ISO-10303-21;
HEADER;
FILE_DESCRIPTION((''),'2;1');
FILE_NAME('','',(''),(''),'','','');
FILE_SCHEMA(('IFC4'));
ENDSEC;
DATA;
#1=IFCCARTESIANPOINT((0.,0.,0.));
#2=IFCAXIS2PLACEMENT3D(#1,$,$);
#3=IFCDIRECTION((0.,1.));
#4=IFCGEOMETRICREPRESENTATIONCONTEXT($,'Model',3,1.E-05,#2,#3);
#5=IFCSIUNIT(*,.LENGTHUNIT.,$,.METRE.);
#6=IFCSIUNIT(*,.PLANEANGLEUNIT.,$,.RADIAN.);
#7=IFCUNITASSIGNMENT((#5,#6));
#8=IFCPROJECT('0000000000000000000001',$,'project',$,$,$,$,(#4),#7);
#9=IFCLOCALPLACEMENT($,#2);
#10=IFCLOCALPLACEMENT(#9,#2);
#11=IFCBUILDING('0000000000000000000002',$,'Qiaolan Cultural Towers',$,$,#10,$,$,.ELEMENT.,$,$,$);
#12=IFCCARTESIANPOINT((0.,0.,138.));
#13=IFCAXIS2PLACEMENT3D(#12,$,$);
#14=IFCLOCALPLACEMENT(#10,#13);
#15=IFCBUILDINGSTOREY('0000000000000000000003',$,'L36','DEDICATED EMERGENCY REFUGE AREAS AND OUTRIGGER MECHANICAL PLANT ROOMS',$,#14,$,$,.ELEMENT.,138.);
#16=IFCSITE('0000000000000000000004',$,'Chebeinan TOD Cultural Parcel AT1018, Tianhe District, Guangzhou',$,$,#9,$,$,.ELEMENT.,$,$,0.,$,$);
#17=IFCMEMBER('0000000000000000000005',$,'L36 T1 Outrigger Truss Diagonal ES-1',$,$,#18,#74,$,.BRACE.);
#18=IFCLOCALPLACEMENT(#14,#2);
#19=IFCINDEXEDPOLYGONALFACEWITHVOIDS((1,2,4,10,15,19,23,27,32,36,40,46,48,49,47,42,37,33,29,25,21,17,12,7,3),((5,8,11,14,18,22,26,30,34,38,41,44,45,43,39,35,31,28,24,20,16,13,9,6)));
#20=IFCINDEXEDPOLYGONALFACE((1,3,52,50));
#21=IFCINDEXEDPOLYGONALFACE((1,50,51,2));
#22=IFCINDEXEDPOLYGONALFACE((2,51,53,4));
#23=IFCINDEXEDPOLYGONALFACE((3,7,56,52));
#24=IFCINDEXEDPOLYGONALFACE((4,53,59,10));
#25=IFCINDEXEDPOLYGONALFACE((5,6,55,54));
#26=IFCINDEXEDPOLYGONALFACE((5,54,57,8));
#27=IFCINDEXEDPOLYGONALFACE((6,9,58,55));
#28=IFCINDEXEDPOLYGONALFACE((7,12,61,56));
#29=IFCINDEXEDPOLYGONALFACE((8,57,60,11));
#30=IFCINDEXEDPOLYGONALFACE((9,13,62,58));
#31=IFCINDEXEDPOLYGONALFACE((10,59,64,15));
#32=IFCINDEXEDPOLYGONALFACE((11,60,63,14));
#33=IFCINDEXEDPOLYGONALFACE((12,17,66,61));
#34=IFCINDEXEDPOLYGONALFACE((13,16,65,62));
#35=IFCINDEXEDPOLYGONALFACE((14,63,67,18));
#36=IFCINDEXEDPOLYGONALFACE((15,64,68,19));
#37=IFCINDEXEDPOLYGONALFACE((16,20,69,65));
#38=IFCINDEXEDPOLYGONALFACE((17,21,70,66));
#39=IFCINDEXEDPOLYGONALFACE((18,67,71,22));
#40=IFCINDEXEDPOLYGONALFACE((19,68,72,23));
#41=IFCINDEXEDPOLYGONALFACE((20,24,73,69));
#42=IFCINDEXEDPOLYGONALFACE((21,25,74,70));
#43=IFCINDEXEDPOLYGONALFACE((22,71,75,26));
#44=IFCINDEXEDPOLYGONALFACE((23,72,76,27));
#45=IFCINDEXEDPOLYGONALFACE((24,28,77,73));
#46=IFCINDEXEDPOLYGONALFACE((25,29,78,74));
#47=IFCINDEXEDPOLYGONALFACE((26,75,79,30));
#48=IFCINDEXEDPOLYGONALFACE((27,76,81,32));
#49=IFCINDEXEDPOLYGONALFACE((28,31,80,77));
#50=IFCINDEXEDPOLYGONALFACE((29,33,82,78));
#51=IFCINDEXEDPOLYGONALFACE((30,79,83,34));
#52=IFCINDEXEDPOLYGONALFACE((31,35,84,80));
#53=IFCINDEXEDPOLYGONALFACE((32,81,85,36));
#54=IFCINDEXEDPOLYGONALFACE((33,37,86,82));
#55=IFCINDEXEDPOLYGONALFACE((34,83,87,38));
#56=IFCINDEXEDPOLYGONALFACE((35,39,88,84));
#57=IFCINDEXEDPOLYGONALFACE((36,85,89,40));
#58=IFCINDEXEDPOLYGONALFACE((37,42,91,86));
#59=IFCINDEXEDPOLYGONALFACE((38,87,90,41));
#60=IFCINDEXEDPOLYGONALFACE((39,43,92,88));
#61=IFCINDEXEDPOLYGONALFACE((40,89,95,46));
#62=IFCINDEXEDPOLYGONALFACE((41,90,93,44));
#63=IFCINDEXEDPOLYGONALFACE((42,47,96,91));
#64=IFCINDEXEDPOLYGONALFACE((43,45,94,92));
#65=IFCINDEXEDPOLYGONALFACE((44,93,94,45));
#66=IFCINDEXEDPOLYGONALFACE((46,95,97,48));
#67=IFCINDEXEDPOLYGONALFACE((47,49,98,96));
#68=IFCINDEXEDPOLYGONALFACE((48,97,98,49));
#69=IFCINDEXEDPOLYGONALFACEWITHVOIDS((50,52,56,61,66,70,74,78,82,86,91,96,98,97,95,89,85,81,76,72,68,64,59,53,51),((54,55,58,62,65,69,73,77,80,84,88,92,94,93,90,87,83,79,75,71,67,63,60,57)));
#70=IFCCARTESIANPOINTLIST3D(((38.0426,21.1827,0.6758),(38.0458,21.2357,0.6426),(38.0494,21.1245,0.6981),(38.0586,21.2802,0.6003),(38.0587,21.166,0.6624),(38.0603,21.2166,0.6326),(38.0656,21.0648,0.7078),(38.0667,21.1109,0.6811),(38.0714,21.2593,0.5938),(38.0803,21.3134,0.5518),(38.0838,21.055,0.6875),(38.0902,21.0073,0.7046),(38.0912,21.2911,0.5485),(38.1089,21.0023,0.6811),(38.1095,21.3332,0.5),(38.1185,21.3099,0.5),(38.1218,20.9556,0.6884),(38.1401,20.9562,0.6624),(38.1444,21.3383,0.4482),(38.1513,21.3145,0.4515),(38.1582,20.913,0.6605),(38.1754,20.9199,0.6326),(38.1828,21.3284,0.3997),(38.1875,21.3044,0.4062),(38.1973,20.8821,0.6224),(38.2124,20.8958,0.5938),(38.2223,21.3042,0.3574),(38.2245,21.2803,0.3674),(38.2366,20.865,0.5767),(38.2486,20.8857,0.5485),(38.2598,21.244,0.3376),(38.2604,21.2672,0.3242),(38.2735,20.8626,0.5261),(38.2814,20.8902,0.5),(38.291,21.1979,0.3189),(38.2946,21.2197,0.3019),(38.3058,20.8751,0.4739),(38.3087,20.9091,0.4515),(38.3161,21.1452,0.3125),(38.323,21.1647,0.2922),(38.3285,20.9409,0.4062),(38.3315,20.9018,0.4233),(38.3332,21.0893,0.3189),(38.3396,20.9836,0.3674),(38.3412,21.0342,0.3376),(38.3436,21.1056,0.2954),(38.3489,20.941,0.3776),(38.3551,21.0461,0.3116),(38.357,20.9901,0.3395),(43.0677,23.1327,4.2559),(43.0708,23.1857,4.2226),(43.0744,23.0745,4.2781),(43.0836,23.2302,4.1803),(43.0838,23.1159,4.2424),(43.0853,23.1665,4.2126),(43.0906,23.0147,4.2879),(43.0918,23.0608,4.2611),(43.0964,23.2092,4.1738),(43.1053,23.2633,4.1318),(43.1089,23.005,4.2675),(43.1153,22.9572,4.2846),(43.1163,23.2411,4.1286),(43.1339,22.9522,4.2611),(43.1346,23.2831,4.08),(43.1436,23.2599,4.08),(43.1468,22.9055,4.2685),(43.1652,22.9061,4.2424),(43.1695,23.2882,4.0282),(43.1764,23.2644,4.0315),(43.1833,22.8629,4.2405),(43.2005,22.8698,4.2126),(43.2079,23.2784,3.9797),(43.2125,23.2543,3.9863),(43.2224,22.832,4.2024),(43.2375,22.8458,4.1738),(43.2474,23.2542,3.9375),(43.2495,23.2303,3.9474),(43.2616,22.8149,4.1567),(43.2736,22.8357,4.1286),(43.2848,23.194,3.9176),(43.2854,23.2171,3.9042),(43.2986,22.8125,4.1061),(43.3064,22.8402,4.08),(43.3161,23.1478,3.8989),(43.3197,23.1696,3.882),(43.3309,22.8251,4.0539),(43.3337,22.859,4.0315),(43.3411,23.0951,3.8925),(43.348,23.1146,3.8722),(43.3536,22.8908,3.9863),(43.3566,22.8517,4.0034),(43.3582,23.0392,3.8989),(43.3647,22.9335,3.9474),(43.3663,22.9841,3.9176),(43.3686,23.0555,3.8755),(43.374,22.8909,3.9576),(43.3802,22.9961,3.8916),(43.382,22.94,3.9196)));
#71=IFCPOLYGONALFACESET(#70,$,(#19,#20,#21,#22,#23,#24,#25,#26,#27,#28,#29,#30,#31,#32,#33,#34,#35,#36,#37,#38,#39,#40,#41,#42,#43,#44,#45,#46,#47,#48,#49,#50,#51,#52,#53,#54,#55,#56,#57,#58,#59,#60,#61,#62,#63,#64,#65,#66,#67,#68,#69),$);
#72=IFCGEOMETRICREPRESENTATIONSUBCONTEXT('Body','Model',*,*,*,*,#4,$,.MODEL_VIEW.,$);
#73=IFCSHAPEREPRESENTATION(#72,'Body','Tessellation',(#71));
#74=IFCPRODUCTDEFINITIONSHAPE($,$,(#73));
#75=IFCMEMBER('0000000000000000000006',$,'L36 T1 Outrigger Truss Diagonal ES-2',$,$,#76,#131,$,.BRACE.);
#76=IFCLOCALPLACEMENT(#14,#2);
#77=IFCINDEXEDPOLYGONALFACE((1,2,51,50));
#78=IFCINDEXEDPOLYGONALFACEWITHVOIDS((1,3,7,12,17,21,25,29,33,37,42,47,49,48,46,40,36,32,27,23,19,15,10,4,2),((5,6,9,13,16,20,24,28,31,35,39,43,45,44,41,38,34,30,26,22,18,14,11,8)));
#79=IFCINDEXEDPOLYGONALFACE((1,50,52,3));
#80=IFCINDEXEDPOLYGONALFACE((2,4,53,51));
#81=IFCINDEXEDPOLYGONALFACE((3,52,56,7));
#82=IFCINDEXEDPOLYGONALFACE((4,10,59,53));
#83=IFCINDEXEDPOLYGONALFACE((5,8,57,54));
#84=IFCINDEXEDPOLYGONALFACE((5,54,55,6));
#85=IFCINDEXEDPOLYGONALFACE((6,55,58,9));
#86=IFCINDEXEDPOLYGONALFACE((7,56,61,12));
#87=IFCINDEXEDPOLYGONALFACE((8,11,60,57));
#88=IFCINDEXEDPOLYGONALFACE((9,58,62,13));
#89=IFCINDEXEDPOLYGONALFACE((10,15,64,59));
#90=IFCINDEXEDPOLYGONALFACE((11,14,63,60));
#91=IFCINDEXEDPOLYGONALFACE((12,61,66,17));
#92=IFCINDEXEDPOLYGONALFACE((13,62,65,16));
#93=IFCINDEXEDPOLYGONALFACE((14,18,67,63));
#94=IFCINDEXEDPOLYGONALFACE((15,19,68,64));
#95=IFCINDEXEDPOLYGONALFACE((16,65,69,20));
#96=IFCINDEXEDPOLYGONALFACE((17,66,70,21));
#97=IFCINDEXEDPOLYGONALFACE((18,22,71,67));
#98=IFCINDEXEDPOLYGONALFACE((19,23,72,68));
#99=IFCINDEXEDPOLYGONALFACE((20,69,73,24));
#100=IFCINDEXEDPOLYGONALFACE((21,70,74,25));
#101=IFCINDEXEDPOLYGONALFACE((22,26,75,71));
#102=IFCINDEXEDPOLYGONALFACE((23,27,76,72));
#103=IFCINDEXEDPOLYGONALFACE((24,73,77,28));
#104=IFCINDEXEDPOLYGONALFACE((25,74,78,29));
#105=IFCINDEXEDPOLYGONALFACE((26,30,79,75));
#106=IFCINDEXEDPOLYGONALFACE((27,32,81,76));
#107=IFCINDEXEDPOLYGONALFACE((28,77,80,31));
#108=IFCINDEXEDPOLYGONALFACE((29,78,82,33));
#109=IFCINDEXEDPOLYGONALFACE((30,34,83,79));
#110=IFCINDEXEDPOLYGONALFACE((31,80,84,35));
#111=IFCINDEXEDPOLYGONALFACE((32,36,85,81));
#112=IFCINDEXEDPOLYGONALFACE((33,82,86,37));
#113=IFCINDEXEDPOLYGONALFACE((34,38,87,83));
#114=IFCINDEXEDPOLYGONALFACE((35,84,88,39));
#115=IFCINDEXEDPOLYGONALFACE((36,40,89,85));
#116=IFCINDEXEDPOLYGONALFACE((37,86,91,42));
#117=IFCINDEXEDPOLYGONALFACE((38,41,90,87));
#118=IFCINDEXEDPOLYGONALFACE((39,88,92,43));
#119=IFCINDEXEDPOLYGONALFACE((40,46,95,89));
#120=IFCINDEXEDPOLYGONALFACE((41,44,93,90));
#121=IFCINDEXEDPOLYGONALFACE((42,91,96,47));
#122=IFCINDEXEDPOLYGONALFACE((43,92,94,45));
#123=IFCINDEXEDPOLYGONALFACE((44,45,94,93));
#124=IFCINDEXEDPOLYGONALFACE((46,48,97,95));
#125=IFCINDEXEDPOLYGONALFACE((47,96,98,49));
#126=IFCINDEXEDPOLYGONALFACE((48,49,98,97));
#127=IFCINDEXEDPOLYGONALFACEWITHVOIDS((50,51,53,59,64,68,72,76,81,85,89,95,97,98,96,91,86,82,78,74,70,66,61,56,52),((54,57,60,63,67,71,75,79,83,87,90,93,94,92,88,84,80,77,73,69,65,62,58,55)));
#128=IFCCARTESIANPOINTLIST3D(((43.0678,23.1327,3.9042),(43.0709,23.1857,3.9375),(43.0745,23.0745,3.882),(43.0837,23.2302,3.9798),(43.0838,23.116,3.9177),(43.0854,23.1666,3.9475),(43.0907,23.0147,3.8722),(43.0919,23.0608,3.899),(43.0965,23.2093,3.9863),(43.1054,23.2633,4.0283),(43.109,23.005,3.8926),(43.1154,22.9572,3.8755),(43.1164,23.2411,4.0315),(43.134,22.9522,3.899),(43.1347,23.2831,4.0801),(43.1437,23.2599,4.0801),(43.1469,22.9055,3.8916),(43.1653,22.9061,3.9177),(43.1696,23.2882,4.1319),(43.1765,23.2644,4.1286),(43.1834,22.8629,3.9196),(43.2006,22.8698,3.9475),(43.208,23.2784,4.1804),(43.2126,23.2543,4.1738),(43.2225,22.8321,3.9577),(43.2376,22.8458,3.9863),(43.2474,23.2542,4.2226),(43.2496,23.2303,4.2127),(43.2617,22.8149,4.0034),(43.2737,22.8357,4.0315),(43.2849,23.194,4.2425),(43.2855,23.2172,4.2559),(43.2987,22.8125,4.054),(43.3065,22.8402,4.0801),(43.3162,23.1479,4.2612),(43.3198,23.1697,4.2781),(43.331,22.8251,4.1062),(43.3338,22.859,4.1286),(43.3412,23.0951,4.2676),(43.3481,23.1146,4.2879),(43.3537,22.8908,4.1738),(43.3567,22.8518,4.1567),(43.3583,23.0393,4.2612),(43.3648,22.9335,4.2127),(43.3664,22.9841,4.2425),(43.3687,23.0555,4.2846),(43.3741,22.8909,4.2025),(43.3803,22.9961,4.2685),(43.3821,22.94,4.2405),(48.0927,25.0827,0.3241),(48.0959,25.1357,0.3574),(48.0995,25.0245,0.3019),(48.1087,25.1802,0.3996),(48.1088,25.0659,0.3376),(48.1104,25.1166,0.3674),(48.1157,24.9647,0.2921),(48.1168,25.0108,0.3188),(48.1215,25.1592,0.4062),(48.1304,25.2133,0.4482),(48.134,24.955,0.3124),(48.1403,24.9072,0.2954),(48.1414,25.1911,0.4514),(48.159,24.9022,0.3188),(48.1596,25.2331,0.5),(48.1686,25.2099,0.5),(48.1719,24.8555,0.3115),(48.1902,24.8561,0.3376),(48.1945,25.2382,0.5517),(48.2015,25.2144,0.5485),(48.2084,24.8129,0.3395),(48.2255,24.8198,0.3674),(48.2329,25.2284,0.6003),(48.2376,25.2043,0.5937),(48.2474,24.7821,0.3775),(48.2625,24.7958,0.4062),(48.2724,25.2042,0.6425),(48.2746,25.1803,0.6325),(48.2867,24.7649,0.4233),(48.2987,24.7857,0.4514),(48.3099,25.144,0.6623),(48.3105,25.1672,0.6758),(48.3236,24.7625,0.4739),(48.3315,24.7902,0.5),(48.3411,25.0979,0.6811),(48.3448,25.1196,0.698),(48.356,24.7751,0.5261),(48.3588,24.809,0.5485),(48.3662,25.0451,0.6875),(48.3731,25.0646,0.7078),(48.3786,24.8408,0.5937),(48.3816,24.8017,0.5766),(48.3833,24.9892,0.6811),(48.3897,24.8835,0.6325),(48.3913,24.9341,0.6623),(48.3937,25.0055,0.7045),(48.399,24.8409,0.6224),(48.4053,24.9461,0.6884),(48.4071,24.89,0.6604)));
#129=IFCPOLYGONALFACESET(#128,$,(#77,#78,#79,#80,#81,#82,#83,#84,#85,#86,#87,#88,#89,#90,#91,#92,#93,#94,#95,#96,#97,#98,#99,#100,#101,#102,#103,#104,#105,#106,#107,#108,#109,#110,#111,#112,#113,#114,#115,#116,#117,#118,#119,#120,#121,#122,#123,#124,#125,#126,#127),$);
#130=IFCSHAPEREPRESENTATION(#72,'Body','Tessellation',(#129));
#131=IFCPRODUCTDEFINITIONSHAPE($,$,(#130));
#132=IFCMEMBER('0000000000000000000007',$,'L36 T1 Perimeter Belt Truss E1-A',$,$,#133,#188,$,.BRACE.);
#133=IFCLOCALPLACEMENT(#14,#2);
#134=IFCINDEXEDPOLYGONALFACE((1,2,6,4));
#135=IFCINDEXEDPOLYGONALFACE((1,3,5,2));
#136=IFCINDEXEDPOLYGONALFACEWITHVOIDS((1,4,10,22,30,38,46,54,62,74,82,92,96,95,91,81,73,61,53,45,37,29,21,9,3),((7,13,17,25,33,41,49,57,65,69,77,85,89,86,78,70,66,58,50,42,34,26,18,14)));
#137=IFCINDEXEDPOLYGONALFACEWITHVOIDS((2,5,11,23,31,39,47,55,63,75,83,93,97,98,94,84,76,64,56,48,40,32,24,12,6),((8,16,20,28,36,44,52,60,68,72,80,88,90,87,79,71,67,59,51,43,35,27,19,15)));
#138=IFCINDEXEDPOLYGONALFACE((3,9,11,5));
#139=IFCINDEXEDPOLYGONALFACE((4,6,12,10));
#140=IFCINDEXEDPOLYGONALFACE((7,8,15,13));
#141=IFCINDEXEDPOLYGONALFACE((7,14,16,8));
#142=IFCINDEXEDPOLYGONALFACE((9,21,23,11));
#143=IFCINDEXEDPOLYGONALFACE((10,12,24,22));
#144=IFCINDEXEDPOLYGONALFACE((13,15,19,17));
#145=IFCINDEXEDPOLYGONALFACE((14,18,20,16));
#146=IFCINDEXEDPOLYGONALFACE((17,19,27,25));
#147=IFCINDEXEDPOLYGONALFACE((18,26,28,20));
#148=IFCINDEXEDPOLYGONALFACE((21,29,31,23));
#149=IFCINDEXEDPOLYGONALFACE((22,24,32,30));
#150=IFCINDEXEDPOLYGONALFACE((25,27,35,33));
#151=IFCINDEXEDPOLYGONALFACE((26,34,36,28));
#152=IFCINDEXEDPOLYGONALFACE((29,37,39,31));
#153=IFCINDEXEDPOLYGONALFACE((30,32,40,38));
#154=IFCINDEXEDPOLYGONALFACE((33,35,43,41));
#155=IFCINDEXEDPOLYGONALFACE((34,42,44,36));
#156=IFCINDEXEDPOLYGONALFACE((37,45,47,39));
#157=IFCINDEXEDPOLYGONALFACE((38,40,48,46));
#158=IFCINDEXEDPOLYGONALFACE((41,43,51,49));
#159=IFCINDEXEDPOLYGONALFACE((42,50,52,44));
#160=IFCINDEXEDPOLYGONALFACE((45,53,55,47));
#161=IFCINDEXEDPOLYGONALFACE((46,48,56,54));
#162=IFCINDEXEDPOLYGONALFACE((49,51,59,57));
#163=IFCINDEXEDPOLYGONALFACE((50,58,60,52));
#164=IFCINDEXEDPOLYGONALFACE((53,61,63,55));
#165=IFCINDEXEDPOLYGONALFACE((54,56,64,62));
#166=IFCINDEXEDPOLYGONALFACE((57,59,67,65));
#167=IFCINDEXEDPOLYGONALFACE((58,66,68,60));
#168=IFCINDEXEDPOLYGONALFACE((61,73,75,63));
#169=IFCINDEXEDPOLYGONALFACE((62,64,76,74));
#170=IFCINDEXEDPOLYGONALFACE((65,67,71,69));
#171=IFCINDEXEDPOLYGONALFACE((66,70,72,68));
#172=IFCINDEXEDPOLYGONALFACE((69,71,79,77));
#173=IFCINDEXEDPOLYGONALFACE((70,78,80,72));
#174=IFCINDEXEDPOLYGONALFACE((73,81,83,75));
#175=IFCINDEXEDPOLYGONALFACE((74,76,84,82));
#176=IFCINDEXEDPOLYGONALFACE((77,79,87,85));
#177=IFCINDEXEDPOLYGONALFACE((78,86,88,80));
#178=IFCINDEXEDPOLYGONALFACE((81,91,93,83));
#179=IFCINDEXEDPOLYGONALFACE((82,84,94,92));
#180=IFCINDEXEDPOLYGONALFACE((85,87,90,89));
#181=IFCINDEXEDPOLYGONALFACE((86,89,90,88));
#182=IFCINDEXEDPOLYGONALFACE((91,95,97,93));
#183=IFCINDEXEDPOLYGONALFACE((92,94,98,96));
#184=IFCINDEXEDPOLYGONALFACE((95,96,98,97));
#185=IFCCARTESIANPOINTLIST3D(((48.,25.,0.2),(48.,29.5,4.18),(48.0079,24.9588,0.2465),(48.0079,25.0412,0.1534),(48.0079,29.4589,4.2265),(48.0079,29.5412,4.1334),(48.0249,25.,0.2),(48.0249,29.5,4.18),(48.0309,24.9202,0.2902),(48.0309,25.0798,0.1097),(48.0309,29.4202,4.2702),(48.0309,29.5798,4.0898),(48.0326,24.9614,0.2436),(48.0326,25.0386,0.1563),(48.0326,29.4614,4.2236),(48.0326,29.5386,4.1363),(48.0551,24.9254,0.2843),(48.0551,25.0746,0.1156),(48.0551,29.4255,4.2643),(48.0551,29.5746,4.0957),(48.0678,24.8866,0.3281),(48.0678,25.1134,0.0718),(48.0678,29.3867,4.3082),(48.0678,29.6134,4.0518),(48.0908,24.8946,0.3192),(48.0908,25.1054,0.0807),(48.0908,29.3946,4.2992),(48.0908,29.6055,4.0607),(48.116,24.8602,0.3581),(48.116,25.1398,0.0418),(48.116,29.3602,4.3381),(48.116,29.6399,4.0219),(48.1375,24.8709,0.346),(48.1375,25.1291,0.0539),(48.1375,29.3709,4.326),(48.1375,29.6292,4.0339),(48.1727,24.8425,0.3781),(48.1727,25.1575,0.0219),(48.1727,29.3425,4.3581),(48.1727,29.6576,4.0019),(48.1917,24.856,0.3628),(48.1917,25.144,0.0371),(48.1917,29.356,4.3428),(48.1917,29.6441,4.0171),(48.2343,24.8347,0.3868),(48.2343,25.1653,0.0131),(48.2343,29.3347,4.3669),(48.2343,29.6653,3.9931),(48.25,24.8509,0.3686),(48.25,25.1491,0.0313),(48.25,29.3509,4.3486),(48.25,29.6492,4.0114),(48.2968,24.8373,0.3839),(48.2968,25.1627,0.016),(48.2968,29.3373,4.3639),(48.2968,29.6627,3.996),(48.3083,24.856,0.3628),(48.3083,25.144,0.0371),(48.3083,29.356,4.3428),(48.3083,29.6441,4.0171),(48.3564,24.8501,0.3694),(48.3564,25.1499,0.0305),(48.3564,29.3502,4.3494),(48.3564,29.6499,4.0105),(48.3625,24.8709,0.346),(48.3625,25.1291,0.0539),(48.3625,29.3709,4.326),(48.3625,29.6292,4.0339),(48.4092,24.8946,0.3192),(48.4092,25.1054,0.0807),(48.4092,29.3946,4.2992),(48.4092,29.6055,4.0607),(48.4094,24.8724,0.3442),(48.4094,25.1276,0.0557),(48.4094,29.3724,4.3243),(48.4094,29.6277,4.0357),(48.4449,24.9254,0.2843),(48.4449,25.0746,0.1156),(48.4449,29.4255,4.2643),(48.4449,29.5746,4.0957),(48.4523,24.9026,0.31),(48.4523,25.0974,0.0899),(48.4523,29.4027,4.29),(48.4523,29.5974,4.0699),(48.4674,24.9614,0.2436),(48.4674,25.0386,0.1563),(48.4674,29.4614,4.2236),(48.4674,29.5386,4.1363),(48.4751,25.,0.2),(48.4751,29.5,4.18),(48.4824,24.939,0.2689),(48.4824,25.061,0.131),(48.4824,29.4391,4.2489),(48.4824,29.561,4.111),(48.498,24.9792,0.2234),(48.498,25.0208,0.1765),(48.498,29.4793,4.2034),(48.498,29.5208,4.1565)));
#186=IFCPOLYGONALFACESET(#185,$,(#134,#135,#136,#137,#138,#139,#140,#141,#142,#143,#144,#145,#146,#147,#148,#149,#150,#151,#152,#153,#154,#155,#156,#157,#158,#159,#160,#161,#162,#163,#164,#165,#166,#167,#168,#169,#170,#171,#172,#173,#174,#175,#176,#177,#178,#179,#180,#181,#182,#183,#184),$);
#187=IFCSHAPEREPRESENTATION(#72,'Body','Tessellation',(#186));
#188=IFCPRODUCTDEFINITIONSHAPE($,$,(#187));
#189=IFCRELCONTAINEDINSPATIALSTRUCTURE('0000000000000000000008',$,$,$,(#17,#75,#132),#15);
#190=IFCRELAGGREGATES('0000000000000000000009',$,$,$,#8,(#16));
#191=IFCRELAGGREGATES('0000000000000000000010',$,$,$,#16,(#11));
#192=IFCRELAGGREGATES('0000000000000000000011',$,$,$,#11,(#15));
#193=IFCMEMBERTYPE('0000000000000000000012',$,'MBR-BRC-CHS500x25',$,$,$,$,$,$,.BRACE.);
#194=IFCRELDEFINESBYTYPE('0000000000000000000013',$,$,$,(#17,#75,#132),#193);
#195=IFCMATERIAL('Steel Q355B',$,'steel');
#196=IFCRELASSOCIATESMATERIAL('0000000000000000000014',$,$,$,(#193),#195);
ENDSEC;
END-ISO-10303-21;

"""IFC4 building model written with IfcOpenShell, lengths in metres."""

from ifc_helpers import new_model, si_unit, direction, frame, origin, origin_2d, place, context, subcontext, project, spatial, hollow_circle, extrude, material, material_profile, profile_set, type_object, element, save


model = new_model("IFC4")

# Units and contexts
model_context = context("Model", 3, precision=1e-05, world=origin(), true_north=direction((0.0, 1.0)))
body_context = subcontext(model_context, "Body", "Model", "MODEL_VIEW")
ifc_project = project(units=[si_unit("LENGTHUNIT", "METRE"), si_unit("PLANEANGLEUNIT", "RADIAN")], contexts=[model_context])

# Site, building, storey
site_placement = place(None, origin())
site = spatial("IfcSite", under=ifc_project, at=site_placement, Name="Chebeinan TOD Cultural Parcel AT1018, Tianhe District, Guangzhou", CompositionType="ELEMENT", RefElevation=0.0)
building_placement = place(site_placement, origin())
building = spatial("IfcBuilding", under=site, at=building_placement, Name="Qiaolan Cultural Towers", CompositionType="ELEMENT")
storey_placement = place(building_placement, frame((0.0, 0.0, 138.0)))
storey = spatial("IfcBuildingStorey", under=building, at=storey_placement, Name="L36", Description="DEDICATED EMERGENCY REFUGE AREAS AND OUTRIGGER MECHANICAL PLANT ROOMS", CompositionType="ELEMENT", Elevation=138.0)

# Members
ifc_material_1 = material(Name="Steel Q355B", Category="steel")
ifc_material_profile_1 = material_profile(ifc_material_1, hollow_circle(Radius=0.25, WallThickness=0.0249, at=origin_2d()), Name="CHS500x25")
ifc_profile_set_1 = profile_set([ifc_material_profile_1], Name="Steel Q355B")
member_type_1 = type_object("IfcMemberType", Name="MBR-BRC-CHS500x25", PredefinedType="BRACE", material=ifc_profile_set_1)
for number, where, z_axis, x_axis, name in (
    (1, (38.2, 21.1001, 0.5), (0.776587, 0.301346, 0.553266), (-0.361758, 0.932272, 0.0), "L36 T1 Outrigger Truss Diagonal ES-1"),
    (2, (43.2251, 23.05, 4.0801), (0.776572, 0.301355, -0.553282), (-0.361773, 0.932266, 0.0), "L36 T1 Outrigger Truss Diagonal ES-2"),
):
    element("IfcMember", number, at=place(storey_placement, frame(where, z_axis=z_axis, x_axis=x_axis)), inside=storey, type_object=member_type_1, Name=name, PredefinedType="BRACE", context=body_context, shape_type="SweptSolid", body=[
        extrude(hollow_circle(Radius=0.25, WallThickness=0.0249, at=origin_2d()), origin(), (0.0, 0.0, 1.0), 6.4707),
    ])
for number, where, z_axis, x_axis, name in (
    (3, (48.25, 25.0, 0.2), (0.0, 0.749062, 0.6625), (-1.0, 0.0, 0.0), "L36 T1 Perimeter Belt Truss E1-A"),
):
    element("IfcMember", number, at=place(storey_placement, frame(where, z_axis=z_axis, x_axis=x_axis)), inside=storey, type_object=member_type_1, Name=name, PredefinedType="BRACE", context=body_context, shape_type="SweptSolid", body=[
        extrude(hollow_circle(Radius=0.25, WallThickness=0.0249, at=origin_2d()), origin(), (0.0, 0.0, 1.0), 6.0076),
    ])

save(model, "model.ifc")
